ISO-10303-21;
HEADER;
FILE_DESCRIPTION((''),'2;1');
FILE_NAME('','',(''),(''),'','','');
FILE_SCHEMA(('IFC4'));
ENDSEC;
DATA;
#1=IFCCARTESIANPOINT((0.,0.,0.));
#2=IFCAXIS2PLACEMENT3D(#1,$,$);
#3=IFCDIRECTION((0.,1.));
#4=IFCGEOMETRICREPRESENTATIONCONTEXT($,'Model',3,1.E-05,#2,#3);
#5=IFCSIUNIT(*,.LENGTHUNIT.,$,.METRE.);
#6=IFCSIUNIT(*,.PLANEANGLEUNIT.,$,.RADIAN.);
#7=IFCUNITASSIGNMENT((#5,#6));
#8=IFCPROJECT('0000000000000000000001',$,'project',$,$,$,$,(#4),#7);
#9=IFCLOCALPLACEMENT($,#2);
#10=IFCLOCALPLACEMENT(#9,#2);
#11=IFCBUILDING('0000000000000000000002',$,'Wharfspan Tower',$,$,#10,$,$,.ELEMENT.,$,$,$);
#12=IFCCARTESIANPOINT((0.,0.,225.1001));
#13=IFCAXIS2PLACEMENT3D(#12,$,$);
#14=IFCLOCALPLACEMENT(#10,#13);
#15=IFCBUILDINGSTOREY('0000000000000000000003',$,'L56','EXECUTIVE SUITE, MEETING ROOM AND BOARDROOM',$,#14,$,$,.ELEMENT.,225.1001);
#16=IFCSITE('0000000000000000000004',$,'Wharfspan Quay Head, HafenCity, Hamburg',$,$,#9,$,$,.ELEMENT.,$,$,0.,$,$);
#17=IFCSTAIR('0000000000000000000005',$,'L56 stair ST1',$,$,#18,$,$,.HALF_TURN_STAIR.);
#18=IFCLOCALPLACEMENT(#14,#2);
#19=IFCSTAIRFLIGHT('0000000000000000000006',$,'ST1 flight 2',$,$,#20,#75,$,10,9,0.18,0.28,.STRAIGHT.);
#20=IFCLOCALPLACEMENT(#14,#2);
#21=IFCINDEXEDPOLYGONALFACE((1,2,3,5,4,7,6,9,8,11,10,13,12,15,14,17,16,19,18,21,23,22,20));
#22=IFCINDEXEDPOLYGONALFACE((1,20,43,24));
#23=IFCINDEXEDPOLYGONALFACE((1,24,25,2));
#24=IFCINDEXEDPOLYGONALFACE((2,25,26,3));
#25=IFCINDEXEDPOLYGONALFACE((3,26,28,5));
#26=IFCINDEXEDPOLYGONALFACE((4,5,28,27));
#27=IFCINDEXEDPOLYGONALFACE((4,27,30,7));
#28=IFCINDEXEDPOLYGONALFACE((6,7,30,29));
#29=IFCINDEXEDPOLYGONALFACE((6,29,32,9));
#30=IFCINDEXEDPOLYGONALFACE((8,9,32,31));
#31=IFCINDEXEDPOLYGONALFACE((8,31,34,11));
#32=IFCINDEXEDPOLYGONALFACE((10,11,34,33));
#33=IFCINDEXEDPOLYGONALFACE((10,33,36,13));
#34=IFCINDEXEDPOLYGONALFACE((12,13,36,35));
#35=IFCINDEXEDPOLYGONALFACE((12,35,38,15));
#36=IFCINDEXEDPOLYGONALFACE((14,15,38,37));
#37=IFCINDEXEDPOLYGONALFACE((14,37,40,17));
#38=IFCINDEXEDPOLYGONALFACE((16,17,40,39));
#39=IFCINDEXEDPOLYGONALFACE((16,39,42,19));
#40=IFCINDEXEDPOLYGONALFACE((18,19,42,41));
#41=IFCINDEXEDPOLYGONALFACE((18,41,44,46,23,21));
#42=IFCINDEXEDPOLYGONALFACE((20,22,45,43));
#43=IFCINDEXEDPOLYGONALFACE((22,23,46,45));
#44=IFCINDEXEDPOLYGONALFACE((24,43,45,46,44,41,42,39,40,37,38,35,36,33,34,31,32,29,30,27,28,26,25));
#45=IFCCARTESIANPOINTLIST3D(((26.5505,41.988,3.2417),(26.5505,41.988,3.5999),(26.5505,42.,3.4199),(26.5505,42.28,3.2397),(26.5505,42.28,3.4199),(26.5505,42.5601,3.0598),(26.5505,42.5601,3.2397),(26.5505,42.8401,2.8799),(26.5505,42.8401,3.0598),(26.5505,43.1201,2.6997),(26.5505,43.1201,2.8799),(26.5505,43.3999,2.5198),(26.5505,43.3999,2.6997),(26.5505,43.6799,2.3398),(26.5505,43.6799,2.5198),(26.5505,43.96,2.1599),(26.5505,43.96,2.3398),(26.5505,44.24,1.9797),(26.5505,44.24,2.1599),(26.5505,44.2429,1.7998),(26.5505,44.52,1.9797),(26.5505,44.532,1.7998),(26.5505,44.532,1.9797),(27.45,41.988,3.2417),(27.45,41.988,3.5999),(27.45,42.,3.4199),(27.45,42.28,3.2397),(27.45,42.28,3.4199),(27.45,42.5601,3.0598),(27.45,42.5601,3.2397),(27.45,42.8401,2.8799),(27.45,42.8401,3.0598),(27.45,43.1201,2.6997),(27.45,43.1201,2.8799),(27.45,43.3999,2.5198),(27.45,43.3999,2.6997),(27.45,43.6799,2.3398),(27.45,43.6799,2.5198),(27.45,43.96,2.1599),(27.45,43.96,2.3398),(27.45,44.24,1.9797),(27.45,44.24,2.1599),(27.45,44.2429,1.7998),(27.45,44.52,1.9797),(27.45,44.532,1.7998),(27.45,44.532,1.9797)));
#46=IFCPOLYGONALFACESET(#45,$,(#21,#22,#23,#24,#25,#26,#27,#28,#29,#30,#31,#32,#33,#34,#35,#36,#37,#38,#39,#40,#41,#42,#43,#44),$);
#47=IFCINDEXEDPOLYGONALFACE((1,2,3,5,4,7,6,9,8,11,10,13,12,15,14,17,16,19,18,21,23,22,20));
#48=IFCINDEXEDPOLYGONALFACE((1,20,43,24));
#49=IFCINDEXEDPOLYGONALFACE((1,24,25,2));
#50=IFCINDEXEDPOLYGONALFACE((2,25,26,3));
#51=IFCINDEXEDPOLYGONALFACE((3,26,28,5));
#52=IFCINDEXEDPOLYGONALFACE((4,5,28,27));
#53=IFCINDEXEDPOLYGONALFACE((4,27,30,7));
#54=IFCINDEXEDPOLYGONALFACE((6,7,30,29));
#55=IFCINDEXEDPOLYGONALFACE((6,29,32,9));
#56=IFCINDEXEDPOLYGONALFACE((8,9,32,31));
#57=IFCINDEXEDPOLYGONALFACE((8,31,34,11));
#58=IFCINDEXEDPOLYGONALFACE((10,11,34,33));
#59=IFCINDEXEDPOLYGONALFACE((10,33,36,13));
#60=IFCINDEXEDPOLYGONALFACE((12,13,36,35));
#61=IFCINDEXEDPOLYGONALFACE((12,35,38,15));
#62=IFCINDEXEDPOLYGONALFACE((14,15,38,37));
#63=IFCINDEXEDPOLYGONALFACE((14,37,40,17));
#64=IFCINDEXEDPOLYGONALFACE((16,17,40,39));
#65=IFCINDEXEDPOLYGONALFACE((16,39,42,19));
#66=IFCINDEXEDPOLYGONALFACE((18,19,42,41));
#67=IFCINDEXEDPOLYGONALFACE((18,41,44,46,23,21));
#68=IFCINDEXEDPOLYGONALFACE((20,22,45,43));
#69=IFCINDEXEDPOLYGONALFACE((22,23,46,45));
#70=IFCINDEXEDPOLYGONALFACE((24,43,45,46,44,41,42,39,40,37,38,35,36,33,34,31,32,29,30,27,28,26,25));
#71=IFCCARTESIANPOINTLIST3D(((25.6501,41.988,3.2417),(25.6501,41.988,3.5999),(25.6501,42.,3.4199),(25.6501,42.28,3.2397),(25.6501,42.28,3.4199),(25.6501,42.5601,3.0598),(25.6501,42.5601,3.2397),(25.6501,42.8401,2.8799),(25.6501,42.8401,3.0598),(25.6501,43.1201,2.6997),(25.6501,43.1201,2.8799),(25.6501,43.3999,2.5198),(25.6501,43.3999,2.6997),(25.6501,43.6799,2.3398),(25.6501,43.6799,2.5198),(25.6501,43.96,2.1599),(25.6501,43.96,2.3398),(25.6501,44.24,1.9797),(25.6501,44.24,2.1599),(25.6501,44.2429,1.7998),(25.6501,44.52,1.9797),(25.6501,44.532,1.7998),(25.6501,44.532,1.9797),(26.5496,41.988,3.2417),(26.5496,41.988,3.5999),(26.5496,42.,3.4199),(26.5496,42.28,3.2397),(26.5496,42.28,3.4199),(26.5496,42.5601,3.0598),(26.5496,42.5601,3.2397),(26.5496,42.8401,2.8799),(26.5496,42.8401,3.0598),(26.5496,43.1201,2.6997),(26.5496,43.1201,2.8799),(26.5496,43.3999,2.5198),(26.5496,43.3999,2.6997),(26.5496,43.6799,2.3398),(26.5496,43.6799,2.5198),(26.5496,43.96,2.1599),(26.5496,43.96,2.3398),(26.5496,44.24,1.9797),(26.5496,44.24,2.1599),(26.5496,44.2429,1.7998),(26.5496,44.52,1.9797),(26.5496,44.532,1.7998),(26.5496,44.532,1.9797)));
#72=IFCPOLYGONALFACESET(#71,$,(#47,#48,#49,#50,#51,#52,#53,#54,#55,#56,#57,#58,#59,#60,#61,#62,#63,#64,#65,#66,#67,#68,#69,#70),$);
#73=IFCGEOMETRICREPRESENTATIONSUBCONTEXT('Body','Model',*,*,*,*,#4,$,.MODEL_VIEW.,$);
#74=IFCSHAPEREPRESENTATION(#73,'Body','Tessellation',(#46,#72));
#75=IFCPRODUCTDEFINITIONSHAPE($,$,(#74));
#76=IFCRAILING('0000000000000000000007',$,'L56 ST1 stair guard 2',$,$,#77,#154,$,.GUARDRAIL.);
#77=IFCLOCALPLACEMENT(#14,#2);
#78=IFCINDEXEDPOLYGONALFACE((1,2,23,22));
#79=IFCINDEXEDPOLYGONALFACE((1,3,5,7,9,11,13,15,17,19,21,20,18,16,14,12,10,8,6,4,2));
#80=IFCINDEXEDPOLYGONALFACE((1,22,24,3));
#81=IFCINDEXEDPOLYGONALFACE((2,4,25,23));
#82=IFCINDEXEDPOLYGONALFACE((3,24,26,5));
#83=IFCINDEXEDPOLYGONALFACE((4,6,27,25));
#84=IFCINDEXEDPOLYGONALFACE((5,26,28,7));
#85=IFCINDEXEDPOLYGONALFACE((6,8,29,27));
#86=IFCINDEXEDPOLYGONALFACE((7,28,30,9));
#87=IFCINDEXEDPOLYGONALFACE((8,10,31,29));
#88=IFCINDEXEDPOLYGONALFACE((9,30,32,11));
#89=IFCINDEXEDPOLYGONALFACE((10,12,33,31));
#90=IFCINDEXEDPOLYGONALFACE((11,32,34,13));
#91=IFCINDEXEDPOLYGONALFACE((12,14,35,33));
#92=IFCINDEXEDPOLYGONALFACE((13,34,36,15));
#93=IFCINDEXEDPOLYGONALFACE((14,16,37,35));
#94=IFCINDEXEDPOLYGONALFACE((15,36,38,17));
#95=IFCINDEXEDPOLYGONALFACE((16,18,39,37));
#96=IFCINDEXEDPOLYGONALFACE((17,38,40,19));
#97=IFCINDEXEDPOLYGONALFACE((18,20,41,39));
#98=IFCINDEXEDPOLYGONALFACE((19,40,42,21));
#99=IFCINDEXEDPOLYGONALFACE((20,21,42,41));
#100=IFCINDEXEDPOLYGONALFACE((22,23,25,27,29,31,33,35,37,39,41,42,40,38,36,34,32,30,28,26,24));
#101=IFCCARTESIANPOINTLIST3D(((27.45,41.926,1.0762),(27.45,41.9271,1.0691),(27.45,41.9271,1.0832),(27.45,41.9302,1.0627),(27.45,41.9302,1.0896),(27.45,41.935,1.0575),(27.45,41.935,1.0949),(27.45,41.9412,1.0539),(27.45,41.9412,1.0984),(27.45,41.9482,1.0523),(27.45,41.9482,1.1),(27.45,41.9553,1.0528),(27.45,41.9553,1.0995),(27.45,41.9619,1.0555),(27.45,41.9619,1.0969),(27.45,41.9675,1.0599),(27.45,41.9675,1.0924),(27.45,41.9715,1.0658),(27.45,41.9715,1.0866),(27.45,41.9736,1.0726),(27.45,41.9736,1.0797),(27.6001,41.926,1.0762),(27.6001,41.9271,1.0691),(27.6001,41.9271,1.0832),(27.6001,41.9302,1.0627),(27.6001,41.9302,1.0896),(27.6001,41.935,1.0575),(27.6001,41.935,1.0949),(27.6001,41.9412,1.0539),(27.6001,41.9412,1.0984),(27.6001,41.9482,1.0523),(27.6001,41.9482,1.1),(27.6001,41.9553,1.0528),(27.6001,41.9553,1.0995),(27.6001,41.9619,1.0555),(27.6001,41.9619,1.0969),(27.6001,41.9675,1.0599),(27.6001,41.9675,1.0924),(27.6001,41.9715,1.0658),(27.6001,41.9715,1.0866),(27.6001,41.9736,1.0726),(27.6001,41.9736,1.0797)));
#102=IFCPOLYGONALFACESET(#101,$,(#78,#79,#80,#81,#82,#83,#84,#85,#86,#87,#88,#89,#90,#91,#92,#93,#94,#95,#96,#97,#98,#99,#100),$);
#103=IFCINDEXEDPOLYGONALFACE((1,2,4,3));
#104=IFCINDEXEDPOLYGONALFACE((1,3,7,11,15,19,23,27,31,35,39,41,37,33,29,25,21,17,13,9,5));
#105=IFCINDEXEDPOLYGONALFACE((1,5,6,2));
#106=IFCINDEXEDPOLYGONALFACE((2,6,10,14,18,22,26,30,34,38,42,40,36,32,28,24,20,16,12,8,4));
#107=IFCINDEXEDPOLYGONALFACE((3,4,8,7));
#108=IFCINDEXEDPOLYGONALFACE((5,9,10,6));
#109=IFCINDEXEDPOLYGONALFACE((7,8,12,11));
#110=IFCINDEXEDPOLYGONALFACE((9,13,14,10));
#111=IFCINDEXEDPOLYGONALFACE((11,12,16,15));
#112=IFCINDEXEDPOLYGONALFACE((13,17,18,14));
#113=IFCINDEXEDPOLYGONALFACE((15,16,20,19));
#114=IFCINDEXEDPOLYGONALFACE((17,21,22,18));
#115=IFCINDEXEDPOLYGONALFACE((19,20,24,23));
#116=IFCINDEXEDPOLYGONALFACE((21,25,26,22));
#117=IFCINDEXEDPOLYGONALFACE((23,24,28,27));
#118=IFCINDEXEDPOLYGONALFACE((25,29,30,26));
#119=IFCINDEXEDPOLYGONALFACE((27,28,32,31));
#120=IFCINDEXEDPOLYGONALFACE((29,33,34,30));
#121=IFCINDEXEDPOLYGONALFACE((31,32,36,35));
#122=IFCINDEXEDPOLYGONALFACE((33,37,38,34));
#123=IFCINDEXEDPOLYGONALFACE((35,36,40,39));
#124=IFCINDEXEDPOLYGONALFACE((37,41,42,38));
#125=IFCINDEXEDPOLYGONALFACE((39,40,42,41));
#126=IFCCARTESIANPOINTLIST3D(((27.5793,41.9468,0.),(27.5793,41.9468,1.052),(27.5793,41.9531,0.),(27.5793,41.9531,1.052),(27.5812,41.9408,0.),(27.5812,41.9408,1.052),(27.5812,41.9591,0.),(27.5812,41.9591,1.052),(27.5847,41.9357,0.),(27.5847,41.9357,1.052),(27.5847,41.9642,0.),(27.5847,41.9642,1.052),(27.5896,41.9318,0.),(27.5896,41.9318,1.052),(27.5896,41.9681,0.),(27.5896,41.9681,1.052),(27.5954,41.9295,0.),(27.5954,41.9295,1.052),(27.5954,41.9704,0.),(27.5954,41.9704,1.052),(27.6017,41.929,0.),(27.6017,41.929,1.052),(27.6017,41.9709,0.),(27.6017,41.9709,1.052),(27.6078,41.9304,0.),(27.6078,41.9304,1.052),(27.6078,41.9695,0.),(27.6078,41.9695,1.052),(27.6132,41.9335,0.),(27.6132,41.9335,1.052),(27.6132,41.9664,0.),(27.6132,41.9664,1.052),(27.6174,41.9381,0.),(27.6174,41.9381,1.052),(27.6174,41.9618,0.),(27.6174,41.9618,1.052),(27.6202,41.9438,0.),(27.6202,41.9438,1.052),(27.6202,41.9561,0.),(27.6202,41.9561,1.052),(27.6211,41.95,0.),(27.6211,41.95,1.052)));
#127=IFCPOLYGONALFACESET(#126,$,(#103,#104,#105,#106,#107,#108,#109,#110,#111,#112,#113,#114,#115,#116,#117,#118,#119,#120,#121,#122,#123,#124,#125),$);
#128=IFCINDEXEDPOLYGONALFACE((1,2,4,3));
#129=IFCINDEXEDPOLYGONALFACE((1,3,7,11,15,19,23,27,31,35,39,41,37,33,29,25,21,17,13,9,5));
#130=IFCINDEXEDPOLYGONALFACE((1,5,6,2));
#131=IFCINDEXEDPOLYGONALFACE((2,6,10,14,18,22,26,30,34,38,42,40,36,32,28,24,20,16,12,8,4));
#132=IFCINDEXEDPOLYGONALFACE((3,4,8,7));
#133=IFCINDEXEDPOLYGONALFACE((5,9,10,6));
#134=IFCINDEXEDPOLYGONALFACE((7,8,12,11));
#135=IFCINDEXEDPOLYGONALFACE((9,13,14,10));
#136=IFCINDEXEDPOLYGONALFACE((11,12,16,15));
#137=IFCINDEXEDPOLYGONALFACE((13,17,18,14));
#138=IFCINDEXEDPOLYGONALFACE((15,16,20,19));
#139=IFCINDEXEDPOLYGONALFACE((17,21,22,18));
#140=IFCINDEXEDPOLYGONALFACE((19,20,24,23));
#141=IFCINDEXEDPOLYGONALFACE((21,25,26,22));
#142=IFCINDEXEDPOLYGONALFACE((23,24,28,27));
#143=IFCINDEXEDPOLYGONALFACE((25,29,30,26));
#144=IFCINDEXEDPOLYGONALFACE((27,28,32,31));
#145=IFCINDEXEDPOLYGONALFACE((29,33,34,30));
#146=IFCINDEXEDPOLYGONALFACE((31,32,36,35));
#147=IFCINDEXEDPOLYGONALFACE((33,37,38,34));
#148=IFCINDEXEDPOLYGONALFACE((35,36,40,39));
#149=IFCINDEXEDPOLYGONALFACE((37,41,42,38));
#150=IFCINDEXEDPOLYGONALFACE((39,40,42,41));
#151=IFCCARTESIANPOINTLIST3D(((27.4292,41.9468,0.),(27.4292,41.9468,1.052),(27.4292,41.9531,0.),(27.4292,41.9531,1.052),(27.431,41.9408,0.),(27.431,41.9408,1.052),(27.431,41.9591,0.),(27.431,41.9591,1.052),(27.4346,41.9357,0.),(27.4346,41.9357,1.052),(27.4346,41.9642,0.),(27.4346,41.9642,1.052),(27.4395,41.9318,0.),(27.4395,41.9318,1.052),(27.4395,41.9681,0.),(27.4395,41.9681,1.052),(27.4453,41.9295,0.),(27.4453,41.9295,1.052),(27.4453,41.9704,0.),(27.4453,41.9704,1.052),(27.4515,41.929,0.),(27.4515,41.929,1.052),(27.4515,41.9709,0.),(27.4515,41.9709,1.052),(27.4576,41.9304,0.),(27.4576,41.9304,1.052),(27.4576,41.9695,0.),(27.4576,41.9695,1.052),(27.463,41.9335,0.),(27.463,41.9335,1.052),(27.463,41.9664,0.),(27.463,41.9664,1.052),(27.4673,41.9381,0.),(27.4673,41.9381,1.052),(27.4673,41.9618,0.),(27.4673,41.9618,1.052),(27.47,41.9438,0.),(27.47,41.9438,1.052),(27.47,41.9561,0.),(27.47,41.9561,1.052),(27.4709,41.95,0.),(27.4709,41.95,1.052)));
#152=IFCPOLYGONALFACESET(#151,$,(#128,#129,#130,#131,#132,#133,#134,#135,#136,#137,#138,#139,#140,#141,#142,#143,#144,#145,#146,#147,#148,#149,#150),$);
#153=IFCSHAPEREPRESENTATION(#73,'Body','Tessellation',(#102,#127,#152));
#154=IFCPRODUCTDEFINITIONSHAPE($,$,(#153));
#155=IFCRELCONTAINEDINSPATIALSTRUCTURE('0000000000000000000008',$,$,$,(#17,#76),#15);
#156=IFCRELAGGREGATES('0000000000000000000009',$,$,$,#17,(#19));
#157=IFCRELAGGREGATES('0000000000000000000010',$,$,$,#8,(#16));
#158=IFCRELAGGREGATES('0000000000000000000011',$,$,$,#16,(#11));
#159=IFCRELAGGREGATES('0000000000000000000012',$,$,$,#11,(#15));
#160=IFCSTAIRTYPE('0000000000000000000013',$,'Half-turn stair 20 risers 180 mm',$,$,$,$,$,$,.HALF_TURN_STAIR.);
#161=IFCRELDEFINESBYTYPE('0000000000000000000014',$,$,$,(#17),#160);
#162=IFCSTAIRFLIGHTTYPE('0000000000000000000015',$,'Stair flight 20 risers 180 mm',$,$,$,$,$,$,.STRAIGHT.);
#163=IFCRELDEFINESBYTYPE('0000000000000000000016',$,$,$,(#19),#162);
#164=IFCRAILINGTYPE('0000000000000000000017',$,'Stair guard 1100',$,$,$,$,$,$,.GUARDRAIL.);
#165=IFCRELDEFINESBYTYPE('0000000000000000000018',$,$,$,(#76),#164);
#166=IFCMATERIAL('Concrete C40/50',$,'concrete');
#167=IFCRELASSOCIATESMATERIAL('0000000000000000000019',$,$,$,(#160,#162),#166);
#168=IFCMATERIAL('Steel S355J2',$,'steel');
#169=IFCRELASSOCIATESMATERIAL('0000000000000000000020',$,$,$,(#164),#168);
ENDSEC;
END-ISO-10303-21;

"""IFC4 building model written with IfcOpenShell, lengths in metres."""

from ifc_helpers import new_model, si_unit, direction, frame, origin, origin_2d, place, context, subcontext, project, spatial, polyline, circle, outline, extrude, material, type_object, element, aggregate, save


model = new_model("IFC4")

# Units and contexts
model_context = context("Model", 3, precision=1e-05, world=origin(), true_north=direction((0.0, 1.0)))
body_context = subcontext(model_context, "Body", "Model", "MODEL_VIEW")
ifc_project = project(units=[si_unit("LENGTHUNIT", "METRE"), si_unit("PLANEANGLEUNIT", "RADIAN")], contexts=[model_context])

# Site, building, storey
site_placement = place(None, origin())
site = spatial("IfcSite", under=ifc_project, at=site_placement, Name="Wharfspan Quay Head, HafenCity, Hamburg", CompositionType="ELEMENT", RefElevation=0.0)
building_placement = place(site_placement, origin())
building = spatial("IfcBuilding", under=site, at=building_placement, Name="Wharfspan Tower", CompositionType="ELEMENT")
storey_placement = place(building_placement, frame((0.0, 0.0, 225.1001)))
storey = spatial("IfcBuildingStorey", under=building, at=storey_placement, Name="L56", Description="EXECUTIVE SUITE, MEETING ROOM AND BOARDROOM", CompositionType="ELEMENT", Elevation=225.1001)

# Shared definitions
ifc_material_1 = material(Name="Steel S355J2", Category="steel")

# Shared definitions
ifc_material_2 = material(Name="Concrete C40/50", Category="concrete")

# Stair, stair flight
stair_type = type_object("IfcStairType", Name="Half-turn stair 20 risers 180 mm", PredefinedType="HALF_TURN_STAIR", material=ifc_material_2)
stair_placement = place(storey_placement, origin())
stair = element("IfcStair", 1, at=stair_placement, inside=storey, type_object=stair_type, Name="L56 stair ST1", PredefinedType="HALF_TURN_STAIR")
stair_flight_type = type_object("IfcStairFlightType", Name="Stair flight 20 risers 180 mm", PredefinedType="STRAIGHT", material=ifc_material_2)
stair_flight_1_placement = place(storey_placement, frame((26.55, 44.52, 1.7998), z_axis=(0.0, 0.0, 1.0), x_axis=(0.0, -1.0, 0.0)))
stair_flight_1 = element("IfcStairFlight", 2, at=stair_flight_1_placement, type_object=stair_flight_type, Name="ST1 flight 2", NumberOfRisers=10, NumberOfTreads=9, PredefinedType="STRAIGHT", RiserHeight=0.18, TreadLength=0.28, context=body_context, shape_type="SweptSolid", body=[
    extrude(outline(polyline([(-0.012, 0.0), (-0.012, 0.1799), (0.0, 0.1799), (0.28, 0.1799), (0.28, 0.3601), (0.5601, 0.3601), (0.5601, 0.54), (0.8401, 0.54), (0.8401, 0.72), (1.1201, 0.72), (1.1201, 0.8999), (1.3999, 0.8999), (1.3999, 1.0801), (1.6799, 1.0801), (1.6799, 1.26), (1.96, 1.26), (1.96, 1.4399), (2.24, 1.4399), (2.24, 1.6201), (2.52, 1.6201), (2.532, 1.8), (2.532, 1.4419), (0.2771, 0.0), (-0.012, 0.0)])), frame((0.0, 0.8999, 0.0), z_axis=(0.0, -1.0, 0.0), x_axis=(1.0, 0.0, 0.0)), (0.0, 0.0, 1.0), 0.8994),
    extrude(outline(polyline([(-0.012, 0.0), (-0.012, 0.1799), (0.0, 0.1799), (0.28, 0.1799), (0.28, 0.3601), (0.5601, 0.3601), (0.5601, 0.54), (0.8401, 0.54), (0.8401, 0.72), (1.1201, 0.72), (1.1201, 0.8999), (1.3999, 0.8999), (1.3999, 1.0801), (1.6799, 1.0801), (1.6799, 1.26), (1.96, 1.26), (1.96, 1.4399), (2.24, 1.4399), (2.24, 1.6201), (2.52, 1.6201), (2.532, 1.8), (2.532, 1.4419), (0.2771, 0.0), (-0.012, 0.0)])), frame((0.0, -0.0005, 0.0), z_axis=(0.0, -1.0, 0.0), x_axis=(1.0, 0.0, 0.0)), (0.0, 0.0, 1.0), 0.8994),
])
aggregate(stair, [stair_flight_1])

# Railing
railing_type_1 = type_object("IfcRailingType", Name="Stair guard 1100", PredefinedType="GUARDRAIL", material=ifc_material_1)
railing_1_placement = place(storey_placement, frame((27.6001, 41.95, 0.0)))
element("IfcRailing", 3, at=railing_1_placement, inside=storey, type_object=railing_type_1, Name="L56 ST1 stair guard 2", PredefinedType="GUARDRAIL", context=body_context, shape_type="SweptSolid", body=[
    extrude(circle(Radius=0.0239, at=origin_2d()), frame((0.0, 0.0, 1.0762), z_axis=(-1.0, 0.0, 0.0), x_axis=(0.0, -1.0, 0.0)), (0.0, 0.0, 1.0), 0.1501),
    extrude(circle(Radius=0.021, at=origin_2d()), origin(), (0.0, 0.0, 1.0), 1.052),
    extrude(circle(Radius=0.021, at=origin_2d()), frame((-0.1501, 0.0, 0.0)), (0.0, 0.0, 1.0), 1.052),
])

save(model, "model.ifc")
